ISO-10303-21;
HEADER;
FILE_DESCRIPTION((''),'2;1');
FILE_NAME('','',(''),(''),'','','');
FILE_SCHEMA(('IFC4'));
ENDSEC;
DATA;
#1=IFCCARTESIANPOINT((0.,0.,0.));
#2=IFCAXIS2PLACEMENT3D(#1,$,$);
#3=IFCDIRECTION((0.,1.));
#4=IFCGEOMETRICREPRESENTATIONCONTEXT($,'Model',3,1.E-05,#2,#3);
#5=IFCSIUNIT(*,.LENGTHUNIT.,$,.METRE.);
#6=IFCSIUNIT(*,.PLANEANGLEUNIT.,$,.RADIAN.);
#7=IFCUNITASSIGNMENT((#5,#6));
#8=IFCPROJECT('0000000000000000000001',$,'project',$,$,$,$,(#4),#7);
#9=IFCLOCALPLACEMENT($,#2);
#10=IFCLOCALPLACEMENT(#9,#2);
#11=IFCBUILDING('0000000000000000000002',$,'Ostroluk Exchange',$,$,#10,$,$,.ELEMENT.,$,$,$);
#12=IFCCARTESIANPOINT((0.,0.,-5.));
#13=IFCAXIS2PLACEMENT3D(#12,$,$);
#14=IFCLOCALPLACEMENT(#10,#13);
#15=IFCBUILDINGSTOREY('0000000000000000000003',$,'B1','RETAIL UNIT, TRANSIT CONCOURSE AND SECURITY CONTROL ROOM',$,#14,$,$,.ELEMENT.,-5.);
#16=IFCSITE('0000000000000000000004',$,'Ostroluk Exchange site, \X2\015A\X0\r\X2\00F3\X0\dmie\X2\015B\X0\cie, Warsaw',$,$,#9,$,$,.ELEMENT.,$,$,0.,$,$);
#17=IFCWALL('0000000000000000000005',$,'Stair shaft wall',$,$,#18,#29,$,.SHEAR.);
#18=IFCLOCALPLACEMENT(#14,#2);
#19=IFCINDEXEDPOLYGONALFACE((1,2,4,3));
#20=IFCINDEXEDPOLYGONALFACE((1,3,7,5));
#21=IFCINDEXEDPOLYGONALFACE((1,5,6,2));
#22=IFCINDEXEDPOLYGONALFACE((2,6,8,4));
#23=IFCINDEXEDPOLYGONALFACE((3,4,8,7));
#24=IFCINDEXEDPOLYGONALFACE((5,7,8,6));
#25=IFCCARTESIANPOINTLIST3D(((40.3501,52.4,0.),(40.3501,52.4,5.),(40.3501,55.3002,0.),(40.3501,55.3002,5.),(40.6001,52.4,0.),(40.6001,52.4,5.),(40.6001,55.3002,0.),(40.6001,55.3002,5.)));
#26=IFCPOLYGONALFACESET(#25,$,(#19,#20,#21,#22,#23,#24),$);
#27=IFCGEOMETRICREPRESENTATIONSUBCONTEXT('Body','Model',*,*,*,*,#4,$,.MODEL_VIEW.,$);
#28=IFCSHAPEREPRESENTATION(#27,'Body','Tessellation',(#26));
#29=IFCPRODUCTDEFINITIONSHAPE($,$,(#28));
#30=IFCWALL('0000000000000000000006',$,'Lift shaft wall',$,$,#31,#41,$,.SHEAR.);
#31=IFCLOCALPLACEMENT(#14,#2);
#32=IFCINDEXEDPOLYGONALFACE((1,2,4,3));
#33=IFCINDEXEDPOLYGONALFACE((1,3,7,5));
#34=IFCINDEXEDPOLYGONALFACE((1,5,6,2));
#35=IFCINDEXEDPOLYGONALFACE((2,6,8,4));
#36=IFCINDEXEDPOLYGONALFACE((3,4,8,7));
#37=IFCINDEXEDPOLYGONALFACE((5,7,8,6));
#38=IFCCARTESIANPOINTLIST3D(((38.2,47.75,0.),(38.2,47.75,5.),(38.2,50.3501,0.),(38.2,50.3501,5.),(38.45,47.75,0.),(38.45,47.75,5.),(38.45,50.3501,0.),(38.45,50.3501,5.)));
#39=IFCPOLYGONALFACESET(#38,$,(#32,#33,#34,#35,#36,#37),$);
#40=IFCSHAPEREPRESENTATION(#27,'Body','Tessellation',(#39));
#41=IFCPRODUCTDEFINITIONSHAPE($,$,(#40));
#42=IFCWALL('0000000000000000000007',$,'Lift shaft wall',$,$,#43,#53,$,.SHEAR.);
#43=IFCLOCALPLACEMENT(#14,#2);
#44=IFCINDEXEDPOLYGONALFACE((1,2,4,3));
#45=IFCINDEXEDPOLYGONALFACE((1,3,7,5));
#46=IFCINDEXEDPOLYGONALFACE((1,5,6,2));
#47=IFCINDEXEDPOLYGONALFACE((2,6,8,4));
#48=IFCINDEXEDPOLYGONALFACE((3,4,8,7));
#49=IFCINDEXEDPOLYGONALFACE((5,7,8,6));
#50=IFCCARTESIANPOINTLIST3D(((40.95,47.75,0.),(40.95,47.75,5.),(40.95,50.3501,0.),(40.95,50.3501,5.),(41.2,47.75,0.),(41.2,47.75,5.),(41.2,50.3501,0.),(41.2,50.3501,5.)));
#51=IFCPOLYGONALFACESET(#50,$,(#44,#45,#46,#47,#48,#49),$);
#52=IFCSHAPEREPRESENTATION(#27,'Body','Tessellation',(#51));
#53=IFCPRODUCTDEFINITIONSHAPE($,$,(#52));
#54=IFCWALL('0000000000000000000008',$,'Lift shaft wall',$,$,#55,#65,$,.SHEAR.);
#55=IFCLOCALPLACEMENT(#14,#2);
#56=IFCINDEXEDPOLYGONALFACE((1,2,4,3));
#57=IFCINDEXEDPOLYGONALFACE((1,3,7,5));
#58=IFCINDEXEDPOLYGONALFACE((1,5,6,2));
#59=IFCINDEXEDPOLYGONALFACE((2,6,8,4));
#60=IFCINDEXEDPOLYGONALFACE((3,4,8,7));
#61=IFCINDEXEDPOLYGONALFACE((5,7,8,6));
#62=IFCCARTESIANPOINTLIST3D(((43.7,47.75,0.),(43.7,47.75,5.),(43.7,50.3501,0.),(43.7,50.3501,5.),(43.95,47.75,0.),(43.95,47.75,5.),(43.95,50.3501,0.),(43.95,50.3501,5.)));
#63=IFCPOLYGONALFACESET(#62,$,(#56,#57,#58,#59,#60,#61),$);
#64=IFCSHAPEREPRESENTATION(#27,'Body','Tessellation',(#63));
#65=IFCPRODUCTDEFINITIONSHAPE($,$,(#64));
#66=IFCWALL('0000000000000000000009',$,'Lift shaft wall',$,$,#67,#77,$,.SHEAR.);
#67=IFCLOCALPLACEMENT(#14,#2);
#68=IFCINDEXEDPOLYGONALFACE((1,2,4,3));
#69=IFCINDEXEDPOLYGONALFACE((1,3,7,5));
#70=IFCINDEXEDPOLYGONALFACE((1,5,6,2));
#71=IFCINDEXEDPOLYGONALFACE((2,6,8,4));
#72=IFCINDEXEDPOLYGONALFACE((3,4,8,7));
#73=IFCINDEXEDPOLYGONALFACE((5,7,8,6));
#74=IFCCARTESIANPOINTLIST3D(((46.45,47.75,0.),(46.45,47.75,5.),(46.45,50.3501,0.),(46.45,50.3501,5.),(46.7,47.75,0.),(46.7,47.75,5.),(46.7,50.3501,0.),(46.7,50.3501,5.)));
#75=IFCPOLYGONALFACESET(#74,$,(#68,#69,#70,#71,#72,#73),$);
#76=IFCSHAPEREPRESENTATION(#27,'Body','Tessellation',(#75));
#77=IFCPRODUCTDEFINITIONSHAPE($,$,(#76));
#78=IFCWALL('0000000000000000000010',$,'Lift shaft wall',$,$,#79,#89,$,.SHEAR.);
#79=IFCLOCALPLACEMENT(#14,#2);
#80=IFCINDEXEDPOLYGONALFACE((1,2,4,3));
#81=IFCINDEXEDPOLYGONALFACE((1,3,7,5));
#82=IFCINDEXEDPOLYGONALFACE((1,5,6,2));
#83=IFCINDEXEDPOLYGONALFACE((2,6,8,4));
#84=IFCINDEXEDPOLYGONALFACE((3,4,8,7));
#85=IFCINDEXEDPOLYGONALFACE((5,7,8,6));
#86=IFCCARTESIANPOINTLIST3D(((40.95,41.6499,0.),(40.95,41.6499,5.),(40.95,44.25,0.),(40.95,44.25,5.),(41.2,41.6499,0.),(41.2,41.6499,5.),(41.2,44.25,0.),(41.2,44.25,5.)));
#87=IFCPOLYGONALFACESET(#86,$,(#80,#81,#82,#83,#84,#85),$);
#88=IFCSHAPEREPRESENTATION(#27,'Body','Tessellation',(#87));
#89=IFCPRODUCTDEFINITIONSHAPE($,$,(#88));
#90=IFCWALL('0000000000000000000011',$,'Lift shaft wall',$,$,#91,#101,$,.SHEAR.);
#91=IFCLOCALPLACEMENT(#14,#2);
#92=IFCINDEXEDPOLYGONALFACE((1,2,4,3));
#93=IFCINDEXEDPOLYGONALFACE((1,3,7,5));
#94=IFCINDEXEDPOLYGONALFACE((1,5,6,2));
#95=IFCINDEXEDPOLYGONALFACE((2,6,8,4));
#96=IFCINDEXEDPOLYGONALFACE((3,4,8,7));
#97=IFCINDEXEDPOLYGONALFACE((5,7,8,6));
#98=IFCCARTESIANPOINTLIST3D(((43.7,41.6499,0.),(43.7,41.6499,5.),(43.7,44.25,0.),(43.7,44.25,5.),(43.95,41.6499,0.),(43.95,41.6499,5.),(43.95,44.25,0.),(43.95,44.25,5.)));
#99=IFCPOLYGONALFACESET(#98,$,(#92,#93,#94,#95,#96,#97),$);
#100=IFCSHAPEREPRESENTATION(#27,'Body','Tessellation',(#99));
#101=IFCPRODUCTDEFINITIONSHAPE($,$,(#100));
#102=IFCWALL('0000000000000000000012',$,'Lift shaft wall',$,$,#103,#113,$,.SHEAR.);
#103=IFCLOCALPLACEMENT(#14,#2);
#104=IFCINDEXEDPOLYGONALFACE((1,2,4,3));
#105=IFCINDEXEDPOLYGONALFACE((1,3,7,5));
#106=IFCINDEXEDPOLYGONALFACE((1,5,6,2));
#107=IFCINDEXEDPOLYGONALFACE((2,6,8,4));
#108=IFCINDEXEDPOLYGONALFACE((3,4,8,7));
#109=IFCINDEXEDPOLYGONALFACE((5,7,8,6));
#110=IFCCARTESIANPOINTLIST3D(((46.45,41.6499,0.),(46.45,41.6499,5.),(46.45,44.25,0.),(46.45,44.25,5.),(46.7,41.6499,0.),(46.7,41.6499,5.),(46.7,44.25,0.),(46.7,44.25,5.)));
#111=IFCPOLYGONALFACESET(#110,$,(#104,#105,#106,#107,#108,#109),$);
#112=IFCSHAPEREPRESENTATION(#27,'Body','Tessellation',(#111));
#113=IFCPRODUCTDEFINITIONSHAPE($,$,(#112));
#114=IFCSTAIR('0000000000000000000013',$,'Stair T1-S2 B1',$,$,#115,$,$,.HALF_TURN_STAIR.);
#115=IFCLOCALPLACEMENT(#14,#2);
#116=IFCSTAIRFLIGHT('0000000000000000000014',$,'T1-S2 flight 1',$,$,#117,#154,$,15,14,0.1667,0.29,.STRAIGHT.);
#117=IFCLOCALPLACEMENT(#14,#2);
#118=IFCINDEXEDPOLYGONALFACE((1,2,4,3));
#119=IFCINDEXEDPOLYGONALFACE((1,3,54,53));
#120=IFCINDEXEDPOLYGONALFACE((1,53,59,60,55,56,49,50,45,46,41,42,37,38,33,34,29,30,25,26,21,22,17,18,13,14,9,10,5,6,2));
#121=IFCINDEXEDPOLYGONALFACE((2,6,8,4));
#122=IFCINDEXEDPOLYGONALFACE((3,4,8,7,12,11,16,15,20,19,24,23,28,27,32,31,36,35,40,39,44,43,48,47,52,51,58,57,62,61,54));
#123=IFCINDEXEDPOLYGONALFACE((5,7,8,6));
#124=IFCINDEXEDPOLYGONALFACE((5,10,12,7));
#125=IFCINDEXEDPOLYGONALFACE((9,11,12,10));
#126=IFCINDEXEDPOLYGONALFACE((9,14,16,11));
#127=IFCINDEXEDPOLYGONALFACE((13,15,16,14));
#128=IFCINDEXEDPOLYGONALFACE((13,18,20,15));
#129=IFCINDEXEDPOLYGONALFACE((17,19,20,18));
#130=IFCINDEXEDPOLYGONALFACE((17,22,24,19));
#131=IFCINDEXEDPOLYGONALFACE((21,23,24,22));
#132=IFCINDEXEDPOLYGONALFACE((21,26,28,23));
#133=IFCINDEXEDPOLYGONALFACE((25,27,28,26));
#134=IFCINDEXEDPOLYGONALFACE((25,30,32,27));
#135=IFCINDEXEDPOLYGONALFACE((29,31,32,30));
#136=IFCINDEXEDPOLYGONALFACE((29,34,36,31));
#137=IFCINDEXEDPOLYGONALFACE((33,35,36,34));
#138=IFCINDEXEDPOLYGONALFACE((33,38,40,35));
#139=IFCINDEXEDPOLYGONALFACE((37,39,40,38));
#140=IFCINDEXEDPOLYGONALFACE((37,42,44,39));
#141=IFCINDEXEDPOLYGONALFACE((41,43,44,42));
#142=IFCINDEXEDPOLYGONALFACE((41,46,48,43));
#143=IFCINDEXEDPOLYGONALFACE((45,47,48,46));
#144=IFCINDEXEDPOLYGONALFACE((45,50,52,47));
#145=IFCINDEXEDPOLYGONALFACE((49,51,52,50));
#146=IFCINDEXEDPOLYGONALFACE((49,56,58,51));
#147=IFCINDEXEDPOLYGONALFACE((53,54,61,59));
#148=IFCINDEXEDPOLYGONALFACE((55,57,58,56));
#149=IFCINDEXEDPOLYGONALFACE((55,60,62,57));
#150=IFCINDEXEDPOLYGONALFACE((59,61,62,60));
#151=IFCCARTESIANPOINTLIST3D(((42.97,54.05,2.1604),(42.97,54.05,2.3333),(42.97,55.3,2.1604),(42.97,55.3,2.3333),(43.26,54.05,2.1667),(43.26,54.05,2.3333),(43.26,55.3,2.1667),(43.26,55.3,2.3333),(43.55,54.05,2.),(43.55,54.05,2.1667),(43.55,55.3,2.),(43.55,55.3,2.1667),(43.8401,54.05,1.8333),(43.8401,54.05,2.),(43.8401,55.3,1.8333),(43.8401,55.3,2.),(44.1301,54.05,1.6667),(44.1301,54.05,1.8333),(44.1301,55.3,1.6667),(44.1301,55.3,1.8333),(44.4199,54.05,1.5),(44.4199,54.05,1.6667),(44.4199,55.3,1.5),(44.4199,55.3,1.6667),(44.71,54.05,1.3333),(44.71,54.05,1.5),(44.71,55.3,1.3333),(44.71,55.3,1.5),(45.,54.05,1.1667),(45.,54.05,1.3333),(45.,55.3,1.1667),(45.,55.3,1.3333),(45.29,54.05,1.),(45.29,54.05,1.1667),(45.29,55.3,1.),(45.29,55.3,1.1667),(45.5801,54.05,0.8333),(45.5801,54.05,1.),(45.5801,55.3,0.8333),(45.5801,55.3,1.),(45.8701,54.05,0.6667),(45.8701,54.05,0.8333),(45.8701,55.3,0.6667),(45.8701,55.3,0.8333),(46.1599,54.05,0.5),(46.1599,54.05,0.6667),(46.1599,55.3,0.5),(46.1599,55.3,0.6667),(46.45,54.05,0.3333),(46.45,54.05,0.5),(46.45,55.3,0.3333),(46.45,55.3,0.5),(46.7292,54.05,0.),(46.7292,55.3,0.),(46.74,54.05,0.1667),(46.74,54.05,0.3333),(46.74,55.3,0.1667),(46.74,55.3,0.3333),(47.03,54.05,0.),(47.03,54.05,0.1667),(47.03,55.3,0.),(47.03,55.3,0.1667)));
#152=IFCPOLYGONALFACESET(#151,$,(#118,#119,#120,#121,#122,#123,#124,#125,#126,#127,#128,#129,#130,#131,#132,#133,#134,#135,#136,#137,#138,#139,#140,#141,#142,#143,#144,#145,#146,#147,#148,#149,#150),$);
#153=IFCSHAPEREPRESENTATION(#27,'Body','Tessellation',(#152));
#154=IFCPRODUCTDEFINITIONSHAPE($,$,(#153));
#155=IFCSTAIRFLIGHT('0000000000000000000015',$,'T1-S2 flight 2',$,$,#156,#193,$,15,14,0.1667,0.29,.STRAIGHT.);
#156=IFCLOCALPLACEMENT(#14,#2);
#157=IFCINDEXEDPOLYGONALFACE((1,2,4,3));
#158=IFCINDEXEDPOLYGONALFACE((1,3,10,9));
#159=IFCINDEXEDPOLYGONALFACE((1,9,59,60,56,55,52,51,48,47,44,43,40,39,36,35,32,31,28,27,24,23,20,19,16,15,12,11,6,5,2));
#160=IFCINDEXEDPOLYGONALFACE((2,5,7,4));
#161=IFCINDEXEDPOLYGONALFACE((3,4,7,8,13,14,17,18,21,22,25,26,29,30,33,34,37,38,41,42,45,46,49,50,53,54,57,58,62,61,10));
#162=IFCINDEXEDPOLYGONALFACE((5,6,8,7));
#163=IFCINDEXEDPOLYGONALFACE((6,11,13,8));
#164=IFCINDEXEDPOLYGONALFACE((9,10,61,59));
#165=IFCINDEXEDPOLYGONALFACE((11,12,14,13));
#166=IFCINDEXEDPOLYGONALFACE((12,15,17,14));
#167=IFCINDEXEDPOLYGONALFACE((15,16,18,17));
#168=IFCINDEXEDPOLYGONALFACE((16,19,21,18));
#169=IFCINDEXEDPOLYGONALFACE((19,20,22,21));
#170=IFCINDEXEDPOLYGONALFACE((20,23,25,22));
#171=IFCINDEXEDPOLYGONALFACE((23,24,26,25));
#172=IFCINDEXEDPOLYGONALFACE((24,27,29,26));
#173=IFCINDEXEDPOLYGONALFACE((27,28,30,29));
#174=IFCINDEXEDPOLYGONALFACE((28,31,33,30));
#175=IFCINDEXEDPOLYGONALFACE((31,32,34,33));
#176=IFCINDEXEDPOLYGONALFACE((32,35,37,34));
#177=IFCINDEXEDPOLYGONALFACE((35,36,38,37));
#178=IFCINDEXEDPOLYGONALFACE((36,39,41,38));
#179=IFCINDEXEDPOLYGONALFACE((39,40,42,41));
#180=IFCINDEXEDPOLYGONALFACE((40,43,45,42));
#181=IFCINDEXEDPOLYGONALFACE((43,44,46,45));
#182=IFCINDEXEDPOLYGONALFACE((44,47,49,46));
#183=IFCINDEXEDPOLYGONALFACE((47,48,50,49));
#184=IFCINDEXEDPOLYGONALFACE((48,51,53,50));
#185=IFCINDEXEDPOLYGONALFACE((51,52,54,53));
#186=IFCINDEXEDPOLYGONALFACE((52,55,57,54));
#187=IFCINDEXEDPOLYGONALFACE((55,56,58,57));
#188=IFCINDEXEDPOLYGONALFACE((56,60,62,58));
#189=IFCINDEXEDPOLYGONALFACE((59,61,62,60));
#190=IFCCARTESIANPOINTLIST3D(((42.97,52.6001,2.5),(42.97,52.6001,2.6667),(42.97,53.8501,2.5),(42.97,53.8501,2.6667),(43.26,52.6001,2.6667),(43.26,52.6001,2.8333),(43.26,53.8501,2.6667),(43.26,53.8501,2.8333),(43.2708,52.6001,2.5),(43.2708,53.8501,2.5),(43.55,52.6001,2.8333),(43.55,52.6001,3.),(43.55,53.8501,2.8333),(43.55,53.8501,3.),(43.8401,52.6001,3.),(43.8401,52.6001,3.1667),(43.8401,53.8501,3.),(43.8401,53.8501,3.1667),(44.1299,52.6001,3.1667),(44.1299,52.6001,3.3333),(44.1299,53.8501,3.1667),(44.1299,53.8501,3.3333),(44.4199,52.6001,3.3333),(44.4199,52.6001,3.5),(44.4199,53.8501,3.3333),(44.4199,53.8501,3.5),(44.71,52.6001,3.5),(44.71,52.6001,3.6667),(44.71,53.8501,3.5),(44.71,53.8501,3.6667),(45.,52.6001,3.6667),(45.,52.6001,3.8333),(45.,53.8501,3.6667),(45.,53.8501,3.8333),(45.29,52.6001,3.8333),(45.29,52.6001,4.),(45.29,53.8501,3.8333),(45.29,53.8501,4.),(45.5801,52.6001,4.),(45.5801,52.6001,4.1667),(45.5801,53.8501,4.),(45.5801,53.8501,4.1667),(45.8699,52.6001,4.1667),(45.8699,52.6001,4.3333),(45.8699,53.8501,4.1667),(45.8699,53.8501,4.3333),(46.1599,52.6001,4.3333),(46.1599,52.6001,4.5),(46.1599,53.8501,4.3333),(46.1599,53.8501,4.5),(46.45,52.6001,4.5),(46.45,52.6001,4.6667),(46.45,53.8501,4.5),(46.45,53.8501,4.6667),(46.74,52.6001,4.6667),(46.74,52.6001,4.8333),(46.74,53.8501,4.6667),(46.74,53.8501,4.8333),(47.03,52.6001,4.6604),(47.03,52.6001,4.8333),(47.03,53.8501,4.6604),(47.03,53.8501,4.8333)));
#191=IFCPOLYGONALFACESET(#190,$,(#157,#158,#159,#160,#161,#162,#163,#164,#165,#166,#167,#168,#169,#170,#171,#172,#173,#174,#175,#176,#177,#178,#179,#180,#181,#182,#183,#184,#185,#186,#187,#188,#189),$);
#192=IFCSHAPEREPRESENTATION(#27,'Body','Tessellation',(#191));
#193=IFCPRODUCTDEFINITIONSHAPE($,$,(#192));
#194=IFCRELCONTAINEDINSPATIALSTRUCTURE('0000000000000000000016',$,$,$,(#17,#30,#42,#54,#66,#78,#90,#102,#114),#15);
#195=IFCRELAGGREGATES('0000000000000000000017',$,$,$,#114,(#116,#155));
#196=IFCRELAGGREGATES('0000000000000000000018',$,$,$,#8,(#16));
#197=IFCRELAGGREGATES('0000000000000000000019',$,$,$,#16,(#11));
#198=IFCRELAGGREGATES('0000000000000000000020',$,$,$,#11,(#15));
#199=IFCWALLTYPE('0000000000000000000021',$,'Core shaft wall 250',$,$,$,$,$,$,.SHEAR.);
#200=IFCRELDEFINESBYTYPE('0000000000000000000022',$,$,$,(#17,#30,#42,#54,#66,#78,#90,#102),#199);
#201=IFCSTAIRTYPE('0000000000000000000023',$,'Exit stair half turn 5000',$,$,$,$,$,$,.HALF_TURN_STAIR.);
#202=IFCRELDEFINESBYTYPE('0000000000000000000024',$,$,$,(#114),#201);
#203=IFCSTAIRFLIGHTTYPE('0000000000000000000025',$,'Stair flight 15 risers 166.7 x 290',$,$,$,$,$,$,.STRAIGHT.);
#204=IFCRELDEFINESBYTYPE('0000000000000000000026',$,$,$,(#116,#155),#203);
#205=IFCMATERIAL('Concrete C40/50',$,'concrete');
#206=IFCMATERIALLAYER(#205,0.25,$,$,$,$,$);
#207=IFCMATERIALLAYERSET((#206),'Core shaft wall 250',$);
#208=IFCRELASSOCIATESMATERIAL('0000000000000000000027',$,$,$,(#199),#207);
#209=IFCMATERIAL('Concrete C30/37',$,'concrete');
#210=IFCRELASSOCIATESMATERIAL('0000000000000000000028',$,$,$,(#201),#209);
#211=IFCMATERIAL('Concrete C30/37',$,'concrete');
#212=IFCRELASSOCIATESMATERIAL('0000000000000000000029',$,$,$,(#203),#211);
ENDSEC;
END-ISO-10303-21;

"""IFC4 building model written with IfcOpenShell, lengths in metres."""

from ifc_helpers import new_model, si_unit, direction, frame, frame_2d, origin, place, context, subcontext, project, spatial, polyline, rectangle, outline, extrude, material, layer, layer_set, type_object, element, aggregate, save


model = new_model("IFC4")

# Units and contexts
model_context = context("Model", 3, precision=1e-05, world=origin(), true_north=direction((0.0, 1.0)))
body_context = subcontext(model_context, "Body", "Model", "MODEL_VIEW")
ifc_project = project(units=[si_unit("LENGTHUNIT", "METRE"), si_unit("PLANEANGLEUNIT", "RADIAN")], contexts=[model_context])

# Site, building, storey
site_placement = place(None, origin())
site = spatial("IfcSite", under=ifc_project, at=site_placement, Name="Ostroluk Exchange site, Śródmieście, Warsaw", CompositionType="ELEMENT", RefElevation=0.0)
building_placement = place(site_placement, origin())
building = spatial("IfcBuilding", under=site, at=building_placement, Name="Ostroluk Exchange", CompositionType="ELEMENT")
storey_placement = place(building_placement, frame((0.0, 0.0, -5.0)))
storey = spatial("IfcBuildingStorey", under=building, at=storey_placement, Name="B1", Description="RETAIL UNIT, TRANSIT CONCOURSE AND SECURITY CONTROL ROOM", CompositionType="ELEMENT", Elevation=-5.0)

# Walls
ifc_material_1 = material(Name="Concrete C40/50", Category="concrete")
ifc_layer_1 = layer(ifc_material_1, 0.25)
ifc_layer_set_1 = layer_set([ifc_layer_1], Name="Core shaft wall 250")
wall_type_1 = type_object("IfcWallType", Name="Core shaft wall 250", PredefinedType="SHEAR", material=ifc_layer_set_1)
wall_1_placement = place(storey_placement, frame((40.4751, 52.3999, 0.0), z_axis=(0.0, 0.0, 1.0), x_axis=(0.0, 1.0, 0.0)))
element("IfcWall", 1, at=wall_1_placement, inside=storey, type_object=wall_type_1, Name="Stair shaft wall", PredefinedType="SHEAR", context=body_context, shape_type="SweptSolid", body=[
    extrude(rectangle(XDim=2.9001, YDim=0.25, at=frame_2d((1.4502, 0.0))), origin(), (0.0, 0.0, 1.0), 5.0),
])
for number, where, z_axis, x_axis, name in (
    (2, (38.325, 47.75, 0.0), (0.0, 0.0, 1.0), (0.0, 1.0, 0.0), "Lift shaft wall"),
    (3, (41.075, 47.75, 0.0), (0.0, 0.0, 1.0), (0.0, 1.0, 0.0), "Lift shaft wall"),
    (4, (43.825, 47.75, 0.0), (0.0, 0.0, 1.0), (0.0, 1.0, 0.0), "Lift shaft wall"),
    (5, (46.575, 47.75, 0.0), (0.0, 0.0, 1.0), (0.0, 1.0, 0.0), "Lift shaft wall"),
    (6, (41.075, 44.25, 0.0), (0.0, 0.0, 1.0), (0.0, -1.0, 0.0), "Lift shaft wall"),
    (7, (43.825, 44.25, 0.0), (0.0, 0.0, 1.0), (0.0, -1.0, 0.0), "Lift shaft wall"),
    (8, (46.575, 44.25, 0.0), (0.0, 0.0, 1.0), (0.0, -1.0, 0.0), "Lift shaft wall"),
):
    element("IfcWall", number, at=place(storey_placement, frame(where, z_axis=z_axis, x_axis=x_axis)), inside=storey, type_object=wall_type_1, Name=name, PredefinedType="SHEAR", context=body_context, shape_type="SweptSolid", body=[
        extrude(rectangle(XDim=2.6001, YDim=0.25, at=frame_2d((1.3, 0.0))), origin(), (0.0, 0.0, 1.0), 5.0),
    ])

# Stair, stair flights
ifc_material_2 = material(Name="Concrete C30/37", Category="concrete")
stair_type = type_object("IfcStairType", Name="Exit stair half turn 5000", PredefinedType="HALF_TURN_STAIR", material=ifc_material_2)
stair_placement = place(storey_placement, origin())
stair = element("IfcStair", 9, at=stair_placement, inside=storey, type_object=stair_type, Name="Stair T1-S2 B1", PredefinedType="HALF_TURN_STAIR")
ifc_material_3 = material(Name="Concrete C30/37", Category="concrete")
stair_flight_type = type_object("IfcStairFlightType", Name="Stair flight 15 risers 166.7 x 290", PredefinedType="STRAIGHT", material=ifc_material_3)
stair_flight_1_placement = place(storey_placement, frame((47.03, 54.675, 0.0), z_axis=(0.0, 0.0, 1.0), x_axis=(-1.0, 0.0, 0.0)))
stair_flight_1 = element("IfcStairFlight", 10, at=stair_flight_1_placement, type_object=stair_flight_type, Name="T1-S2 flight 1", NumberOfRisers=15, NumberOfTreads=14, PredefinedType="STRAIGHT", RiserHeight=0.1667, TreadLength=0.29, context=body_context, shape_type="SweptSolid", body=[
    extrude(outline(polyline([(0.0, 0.0), (0.0, 0.1667), (0.29, 0.1667), (0.29, 0.3333), (0.5801, 0.3333), (0.5801, 0.5), (0.8701, 0.5), (0.8701, 0.6667), (1.1599, 0.6667), (1.1599, 0.8333), (1.45, 0.8333), (1.45, 1.0), (1.74, 1.0), (1.74, 1.1667), (2.03, 1.1667), (2.03, 1.3333), (2.3201, 1.3333), (2.3201, 1.5), (2.6101, 1.5), (2.6101, 1.6667), (2.8999, 1.6667), (2.8999, 1.8333), (3.1899, 1.8333), (3.1899, 2.0), (3.48, 2.0), (3.48, 2.1667), (3.77, 2.1667), (3.77, 2.3333), (4.0601, 2.3333), (4.0601, 2.5), (4.0601, 2.1604), (0.3008, 0.0), (0.0, 0.0)])), frame((0.0, 0.625, 0.0), z_axis=(0.0, -1.0, 0.0), x_axis=(1.0, 0.0, 0.0)), (0.0, 0.0, 1.0), 1.25),
])
stair_flight_2_placement = place(storey_placement, frame((42.97, 53.2251, 2.5), z_axis=(0.0, 0.0, 1.0), x_axis=(1.0, 0.0, 0.0)))
stair_flight_2 = element("IfcStairFlight", 11, at=stair_flight_2_placement, type_object=stair_flight_type, Name="T1-S2 flight 2", NumberOfRisers=15, NumberOfTreads=14, PredefinedType="STRAIGHT", RiserHeight=0.1667, TreadLength=0.29, context=body_context, shape_type="SweptSolid", body=[
    extrude(outline(polyline([(0.0, 0.0), (0.0, 0.1667), (0.29, 0.1667), (0.29, 0.3333), (0.5801, 0.3333), (0.5801, 0.5), (0.8701, 0.5), (0.8701, 0.6667), (1.1599, 0.6667), (1.1599, 0.8333), (1.45, 0.8333), (1.45, 1.0), (1.74, 1.0), (1.74, 1.1667), (2.03, 1.1667), (2.03, 1.3333), (2.3201, 1.3333), (2.3201, 1.5), (2.6101, 1.5), (2.6101, 1.6667), (2.8999, 1.6667), (2.8999, 1.8333), (3.1899, 1.8333), (3.1899, 2.0), (3.48, 2.0), (3.48, 2.1667), (3.77, 2.1667), (3.77, 2.3333), (4.0601, 2.3333), (4.0601, 2.5), (4.0601, 2.1604), (0.3008, 0.0), (0.0, 0.0)])), frame((0.0, 0.625, 0.0), z_axis=(0.0, -1.0, 0.0), x_axis=(1.0, 0.0, 0.0)), (0.0, 0.0, 1.0), 1.25),
])
aggregate(stair, [stair_flight_1, stair_flight_2])

save(model, "model.ifc")
